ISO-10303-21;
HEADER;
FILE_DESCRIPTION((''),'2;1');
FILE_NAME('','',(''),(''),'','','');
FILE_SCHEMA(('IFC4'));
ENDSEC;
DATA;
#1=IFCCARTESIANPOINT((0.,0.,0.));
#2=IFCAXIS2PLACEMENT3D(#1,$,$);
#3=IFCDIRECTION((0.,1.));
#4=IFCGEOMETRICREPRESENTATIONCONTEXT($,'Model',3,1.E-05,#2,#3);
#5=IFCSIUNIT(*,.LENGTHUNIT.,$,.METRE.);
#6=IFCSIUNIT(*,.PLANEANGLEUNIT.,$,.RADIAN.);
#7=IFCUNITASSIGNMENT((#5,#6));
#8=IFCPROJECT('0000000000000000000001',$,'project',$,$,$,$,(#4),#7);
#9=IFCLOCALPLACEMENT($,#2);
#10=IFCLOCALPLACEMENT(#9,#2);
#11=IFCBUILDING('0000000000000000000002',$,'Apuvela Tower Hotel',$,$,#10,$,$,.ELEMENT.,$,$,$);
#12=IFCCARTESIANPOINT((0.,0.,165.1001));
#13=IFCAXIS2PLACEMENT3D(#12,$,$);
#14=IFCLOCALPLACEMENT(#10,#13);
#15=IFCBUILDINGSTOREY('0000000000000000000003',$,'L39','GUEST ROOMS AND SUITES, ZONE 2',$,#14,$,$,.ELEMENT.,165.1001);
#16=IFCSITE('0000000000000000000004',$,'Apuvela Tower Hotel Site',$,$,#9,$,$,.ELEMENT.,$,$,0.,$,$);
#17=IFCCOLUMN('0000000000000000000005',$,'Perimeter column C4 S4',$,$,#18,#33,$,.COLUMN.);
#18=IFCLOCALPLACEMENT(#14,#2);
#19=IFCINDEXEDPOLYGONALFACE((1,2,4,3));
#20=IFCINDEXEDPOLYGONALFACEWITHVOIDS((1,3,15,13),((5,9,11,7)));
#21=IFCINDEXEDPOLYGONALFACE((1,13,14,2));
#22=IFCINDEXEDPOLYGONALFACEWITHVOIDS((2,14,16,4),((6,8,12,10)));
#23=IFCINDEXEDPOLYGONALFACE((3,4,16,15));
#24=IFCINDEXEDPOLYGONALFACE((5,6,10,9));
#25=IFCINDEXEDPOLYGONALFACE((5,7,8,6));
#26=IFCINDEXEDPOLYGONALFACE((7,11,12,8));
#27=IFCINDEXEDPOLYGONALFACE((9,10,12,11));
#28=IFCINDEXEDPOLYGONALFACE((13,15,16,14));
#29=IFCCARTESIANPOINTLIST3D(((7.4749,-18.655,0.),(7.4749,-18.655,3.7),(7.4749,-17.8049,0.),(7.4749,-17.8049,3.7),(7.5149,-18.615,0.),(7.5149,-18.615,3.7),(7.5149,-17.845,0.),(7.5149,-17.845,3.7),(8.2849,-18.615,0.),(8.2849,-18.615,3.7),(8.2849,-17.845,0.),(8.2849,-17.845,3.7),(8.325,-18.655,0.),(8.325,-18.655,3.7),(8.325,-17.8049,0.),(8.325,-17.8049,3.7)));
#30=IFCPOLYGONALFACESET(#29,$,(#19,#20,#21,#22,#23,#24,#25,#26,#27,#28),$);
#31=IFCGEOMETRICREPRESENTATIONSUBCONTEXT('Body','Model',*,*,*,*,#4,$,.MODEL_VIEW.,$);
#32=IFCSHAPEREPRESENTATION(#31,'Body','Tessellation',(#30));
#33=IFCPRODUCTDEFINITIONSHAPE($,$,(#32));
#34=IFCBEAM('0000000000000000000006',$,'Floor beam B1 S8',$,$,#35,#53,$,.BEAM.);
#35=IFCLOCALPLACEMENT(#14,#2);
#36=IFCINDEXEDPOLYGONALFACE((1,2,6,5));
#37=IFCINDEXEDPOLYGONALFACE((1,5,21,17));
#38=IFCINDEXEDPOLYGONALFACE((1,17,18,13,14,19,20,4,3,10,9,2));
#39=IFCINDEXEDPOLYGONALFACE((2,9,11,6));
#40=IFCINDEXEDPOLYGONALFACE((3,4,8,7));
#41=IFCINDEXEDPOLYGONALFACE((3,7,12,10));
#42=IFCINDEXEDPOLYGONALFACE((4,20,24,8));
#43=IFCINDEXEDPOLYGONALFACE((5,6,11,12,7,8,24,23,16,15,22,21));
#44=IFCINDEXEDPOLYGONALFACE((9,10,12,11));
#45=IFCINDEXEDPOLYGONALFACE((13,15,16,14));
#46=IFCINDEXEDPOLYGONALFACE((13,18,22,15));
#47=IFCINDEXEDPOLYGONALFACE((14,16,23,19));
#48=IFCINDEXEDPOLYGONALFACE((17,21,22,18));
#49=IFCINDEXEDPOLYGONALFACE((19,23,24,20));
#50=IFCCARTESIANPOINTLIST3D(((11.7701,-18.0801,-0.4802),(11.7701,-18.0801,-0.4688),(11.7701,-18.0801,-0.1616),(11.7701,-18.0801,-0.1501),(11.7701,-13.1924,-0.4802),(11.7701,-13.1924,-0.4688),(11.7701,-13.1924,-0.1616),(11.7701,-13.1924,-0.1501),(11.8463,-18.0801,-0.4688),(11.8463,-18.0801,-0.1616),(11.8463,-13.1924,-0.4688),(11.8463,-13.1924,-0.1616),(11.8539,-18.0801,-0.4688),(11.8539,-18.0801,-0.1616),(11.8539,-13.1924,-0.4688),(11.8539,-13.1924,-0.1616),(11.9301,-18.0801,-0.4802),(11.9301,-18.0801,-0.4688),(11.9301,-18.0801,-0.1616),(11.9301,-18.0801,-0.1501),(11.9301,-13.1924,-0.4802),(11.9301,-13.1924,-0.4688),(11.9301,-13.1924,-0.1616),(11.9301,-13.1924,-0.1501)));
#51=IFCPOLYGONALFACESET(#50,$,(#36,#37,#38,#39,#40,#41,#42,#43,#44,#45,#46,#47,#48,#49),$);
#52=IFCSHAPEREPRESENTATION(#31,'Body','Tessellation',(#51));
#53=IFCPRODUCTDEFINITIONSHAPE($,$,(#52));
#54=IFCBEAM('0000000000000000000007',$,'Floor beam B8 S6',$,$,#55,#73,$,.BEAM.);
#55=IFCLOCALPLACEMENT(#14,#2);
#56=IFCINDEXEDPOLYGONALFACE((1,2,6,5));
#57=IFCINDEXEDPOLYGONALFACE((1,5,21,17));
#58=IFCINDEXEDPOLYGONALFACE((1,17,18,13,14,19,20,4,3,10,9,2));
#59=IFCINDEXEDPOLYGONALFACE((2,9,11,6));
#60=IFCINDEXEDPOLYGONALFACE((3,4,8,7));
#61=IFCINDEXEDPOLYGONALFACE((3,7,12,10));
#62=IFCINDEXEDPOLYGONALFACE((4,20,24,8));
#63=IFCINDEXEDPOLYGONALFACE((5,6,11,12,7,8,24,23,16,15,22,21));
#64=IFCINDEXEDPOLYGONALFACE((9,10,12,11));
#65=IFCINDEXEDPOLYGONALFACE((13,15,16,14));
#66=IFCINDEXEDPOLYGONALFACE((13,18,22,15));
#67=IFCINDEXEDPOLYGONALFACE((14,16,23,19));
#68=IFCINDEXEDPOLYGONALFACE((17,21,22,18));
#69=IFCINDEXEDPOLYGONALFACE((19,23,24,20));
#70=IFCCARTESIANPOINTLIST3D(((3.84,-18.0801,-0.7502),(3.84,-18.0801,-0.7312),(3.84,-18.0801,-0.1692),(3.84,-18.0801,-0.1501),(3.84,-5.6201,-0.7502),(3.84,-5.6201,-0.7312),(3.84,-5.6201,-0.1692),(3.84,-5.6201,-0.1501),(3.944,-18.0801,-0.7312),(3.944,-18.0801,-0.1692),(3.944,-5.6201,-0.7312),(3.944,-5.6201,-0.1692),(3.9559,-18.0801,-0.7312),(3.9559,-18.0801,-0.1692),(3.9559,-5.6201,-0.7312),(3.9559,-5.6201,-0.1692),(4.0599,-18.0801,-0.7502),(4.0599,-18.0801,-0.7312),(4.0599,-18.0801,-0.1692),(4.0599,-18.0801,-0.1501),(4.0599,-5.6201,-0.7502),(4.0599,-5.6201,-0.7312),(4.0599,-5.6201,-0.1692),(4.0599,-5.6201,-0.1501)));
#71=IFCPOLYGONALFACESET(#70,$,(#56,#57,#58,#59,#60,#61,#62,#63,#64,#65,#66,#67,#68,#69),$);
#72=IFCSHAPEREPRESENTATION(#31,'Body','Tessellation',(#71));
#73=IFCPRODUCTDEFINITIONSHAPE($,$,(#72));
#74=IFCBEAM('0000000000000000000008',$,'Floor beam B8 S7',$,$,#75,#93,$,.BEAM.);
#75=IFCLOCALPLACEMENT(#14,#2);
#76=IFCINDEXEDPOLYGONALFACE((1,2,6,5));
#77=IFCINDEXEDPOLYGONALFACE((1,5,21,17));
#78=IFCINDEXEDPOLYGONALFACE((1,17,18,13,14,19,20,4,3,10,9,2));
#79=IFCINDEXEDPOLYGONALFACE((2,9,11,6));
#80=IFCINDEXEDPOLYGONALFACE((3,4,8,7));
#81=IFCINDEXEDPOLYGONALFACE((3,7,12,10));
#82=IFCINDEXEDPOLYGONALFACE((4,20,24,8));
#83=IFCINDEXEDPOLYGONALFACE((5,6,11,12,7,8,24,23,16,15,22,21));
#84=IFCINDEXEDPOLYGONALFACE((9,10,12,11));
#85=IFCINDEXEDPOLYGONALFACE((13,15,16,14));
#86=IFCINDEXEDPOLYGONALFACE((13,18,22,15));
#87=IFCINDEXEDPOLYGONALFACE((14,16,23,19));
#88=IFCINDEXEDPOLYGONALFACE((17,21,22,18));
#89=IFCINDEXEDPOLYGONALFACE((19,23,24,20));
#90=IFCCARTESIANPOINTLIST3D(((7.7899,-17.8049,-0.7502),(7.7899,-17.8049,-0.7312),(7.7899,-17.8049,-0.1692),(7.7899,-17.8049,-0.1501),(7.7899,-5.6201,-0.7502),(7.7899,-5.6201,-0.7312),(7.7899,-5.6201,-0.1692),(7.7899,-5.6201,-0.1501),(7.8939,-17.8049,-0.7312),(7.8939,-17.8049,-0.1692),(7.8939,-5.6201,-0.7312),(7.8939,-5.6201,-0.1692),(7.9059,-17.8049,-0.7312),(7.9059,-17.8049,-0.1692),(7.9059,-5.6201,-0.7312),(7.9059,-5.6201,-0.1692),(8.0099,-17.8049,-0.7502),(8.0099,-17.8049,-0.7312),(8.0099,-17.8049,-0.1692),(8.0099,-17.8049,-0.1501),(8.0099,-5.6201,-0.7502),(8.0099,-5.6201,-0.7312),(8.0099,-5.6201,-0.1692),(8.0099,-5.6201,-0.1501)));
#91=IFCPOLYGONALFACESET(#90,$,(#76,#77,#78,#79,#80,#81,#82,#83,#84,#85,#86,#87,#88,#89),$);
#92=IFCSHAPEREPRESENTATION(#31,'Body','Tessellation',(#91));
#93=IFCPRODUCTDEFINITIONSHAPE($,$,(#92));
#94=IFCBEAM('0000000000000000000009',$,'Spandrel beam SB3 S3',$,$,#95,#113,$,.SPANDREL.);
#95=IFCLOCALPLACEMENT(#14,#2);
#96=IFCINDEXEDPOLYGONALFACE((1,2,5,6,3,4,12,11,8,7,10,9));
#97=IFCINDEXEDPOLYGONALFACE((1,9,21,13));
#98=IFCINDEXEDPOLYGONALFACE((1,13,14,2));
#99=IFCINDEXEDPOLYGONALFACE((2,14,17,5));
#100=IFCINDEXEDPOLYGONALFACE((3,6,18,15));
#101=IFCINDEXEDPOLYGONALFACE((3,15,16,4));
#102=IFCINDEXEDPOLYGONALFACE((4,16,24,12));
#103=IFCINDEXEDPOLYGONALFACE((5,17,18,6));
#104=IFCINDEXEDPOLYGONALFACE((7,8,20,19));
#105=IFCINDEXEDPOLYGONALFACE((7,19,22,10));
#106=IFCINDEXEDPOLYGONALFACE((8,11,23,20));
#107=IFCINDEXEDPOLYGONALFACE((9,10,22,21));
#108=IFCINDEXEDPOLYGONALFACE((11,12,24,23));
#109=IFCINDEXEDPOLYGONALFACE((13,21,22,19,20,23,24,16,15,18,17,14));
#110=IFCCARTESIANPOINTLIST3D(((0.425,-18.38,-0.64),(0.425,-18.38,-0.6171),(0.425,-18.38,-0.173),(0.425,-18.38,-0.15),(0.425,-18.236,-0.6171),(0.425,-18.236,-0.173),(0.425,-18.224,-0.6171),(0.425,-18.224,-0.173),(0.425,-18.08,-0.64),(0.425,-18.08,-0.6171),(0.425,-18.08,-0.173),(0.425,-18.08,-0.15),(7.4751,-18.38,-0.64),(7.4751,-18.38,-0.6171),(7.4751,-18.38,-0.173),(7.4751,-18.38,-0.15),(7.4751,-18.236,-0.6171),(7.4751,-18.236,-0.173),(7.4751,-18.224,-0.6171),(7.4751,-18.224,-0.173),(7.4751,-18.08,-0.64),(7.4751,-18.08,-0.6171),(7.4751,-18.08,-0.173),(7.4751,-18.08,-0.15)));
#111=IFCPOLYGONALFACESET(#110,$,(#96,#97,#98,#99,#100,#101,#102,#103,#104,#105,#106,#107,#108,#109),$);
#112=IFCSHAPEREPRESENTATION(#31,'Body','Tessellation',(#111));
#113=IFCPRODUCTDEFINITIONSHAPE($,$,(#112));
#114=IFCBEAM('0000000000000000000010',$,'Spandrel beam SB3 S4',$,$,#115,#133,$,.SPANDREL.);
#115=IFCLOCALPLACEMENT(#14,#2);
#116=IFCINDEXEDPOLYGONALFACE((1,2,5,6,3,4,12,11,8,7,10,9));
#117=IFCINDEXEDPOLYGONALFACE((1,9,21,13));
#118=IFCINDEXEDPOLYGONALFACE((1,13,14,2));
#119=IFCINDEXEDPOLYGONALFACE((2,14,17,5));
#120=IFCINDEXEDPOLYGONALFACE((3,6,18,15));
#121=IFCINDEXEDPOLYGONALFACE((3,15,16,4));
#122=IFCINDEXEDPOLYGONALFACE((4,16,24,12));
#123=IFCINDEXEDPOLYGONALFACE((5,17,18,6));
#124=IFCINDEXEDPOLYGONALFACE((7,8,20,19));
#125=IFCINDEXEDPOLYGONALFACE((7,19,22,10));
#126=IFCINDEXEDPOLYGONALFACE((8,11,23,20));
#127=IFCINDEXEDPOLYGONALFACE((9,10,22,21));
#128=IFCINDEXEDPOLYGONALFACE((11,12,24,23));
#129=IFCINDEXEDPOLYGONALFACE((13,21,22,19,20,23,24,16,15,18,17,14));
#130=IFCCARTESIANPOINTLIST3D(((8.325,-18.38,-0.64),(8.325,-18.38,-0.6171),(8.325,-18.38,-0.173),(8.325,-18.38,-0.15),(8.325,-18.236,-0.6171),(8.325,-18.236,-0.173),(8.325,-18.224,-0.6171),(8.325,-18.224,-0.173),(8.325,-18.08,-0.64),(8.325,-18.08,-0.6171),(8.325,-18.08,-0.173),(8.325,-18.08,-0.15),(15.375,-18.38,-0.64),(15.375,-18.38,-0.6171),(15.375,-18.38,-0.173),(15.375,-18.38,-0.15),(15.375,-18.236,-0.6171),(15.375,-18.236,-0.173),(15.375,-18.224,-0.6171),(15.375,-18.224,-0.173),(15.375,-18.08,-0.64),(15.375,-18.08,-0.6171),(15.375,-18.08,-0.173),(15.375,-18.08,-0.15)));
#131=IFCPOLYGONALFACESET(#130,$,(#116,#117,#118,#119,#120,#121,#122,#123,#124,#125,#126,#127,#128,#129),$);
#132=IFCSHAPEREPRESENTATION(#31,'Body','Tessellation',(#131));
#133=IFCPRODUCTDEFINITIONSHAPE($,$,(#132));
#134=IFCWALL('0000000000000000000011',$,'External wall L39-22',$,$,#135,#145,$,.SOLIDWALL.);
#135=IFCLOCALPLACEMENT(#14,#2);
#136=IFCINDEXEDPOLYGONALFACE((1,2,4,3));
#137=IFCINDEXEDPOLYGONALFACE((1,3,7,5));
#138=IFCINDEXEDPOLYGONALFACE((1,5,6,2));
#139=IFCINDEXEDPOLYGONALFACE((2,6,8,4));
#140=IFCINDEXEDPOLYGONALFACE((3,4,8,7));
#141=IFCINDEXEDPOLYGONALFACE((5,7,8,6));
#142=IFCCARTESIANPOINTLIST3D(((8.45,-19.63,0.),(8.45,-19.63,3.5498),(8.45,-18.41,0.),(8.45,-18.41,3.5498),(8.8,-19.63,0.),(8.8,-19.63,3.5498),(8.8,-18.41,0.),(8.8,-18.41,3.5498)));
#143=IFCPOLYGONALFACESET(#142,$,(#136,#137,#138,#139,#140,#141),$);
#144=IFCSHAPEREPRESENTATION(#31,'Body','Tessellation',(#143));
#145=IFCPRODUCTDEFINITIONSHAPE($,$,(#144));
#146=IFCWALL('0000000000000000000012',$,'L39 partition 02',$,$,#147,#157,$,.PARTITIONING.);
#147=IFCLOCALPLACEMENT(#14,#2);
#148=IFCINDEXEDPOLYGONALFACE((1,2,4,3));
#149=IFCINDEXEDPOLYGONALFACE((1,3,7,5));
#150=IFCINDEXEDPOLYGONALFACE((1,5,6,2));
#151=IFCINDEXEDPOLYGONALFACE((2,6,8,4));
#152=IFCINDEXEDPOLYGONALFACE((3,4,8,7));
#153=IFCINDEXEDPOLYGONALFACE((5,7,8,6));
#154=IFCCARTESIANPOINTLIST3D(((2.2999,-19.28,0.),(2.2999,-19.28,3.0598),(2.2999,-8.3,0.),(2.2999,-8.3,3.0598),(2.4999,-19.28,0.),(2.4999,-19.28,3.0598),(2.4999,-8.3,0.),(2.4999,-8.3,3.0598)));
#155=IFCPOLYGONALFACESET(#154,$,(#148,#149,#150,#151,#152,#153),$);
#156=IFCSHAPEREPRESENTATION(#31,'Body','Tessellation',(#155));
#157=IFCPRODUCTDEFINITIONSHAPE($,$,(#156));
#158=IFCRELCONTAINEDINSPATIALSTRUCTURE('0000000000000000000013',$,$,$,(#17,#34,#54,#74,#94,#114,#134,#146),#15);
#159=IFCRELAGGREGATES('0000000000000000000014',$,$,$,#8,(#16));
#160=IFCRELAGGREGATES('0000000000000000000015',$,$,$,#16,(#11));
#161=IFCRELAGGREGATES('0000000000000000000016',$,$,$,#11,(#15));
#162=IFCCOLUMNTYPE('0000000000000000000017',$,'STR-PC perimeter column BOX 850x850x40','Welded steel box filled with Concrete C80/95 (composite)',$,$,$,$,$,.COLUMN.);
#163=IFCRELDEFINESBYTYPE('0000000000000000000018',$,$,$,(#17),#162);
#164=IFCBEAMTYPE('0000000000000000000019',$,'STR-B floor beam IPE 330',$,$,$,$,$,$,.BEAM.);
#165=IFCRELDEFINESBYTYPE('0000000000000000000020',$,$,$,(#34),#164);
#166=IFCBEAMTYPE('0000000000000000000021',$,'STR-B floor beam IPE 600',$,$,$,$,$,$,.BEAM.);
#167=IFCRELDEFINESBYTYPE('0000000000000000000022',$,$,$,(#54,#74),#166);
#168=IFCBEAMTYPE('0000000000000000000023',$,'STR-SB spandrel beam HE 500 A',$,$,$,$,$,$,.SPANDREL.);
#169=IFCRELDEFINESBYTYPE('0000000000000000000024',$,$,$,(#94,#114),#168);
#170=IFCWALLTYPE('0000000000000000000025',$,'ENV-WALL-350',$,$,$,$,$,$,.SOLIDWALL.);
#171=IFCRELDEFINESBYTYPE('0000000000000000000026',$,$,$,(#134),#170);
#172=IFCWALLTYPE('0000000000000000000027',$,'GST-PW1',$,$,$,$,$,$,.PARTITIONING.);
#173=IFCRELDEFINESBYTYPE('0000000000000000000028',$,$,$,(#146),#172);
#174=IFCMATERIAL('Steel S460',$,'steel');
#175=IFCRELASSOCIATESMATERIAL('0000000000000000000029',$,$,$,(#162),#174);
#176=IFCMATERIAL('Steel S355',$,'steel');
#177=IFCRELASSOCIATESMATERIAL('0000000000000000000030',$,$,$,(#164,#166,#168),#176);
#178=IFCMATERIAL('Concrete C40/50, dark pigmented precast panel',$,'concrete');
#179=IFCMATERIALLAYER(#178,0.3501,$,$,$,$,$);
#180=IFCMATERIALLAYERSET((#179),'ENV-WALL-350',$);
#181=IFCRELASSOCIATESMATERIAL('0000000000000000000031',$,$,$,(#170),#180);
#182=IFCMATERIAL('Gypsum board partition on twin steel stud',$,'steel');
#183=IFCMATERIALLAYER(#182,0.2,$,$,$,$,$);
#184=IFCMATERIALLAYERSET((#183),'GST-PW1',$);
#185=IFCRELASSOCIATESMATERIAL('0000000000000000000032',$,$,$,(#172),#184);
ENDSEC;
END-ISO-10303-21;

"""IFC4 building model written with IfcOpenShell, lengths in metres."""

from ifc_helpers import new_model, si_unit, direction, frame, frame_2d, origin, origin_2d, place, context, subcontext, project, spatial, rectangle, hollow_rectangle, i_section, extrude, material, layer, layer_set, material_profile, profile_set, type_object, element, save


model = new_model("IFC4")

# Units and contexts
model_context = context("Model", 3, precision=1e-05, world=origin(), true_north=direction((0.0, 1.0)))
body_context = subcontext(model_context, "Body", "Model", "MODEL_VIEW")
ifc_project = project(units=[si_unit("LENGTHUNIT", "METRE"), si_unit("PLANEANGLEUNIT", "RADIAN")], contexts=[model_context])

# Site, building, storey
site_placement = place(None, origin())
site = spatial("IfcSite", under=ifc_project, at=site_placement, Name="Apuvela Tower Hotel Site", CompositionType="ELEMENT", RefElevation=0.0)
building_placement = place(site_placement, origin())
building = spatial("IfcBuilding", under=site, at=building_placement, Name="Apuvela Tower Hotel", CompositionType="ELEMENT")
storey_placement = place(building_placement, frame((0.0, 0.0, 165.1001)))
storey = spatial("IfcBuildingStorey", under=building, at=storey_placement, Name="L39", Description="GUEST ROOMS AND SUITES, ZONE 2", CompositionType="ELEMENT", Elevation=165.1001)

# Column
ifc_material_1 = material(Name="Steel S460", Category="steel")
ifc_material_profile_1 = material_profile(ifc_material_1, hollow_rectangle(XDim=0.8501, YDim=0.8501, WallThickness=0.04, at=origin_2d()), Name="BOX 850x850x40")
ifc_material_2 = material(Name="Concrete C80/95", Category="concrete")
ifc_material_profile_2 = material_profile(ifc_material_2, rectangle(XDim=0.77, YDim=0.77, at=origin_2d()), Name="Concrete C80/95 infill")
ifc_profile_set_1 = profile_set([ifc_material_profile_1, ifc_material_profile_2], Name="Steel S460")
column_type = type_object("IfcColumnType", Name="STR-PC perimeter column BOX 850x850x40", Description="Welded steel box filled with Concrete C80/95 (composite)", PredefinedType="COLUMN", material=ifc_profile_set_1)
column_placement = place(storey_placement, frame((7.8999, -18.23, 0.0), z_axis=(0.0, 0.0, 1.0), x_axis=(-1.0, 0.0, 0.0)))
element("IfcColumn", 1, at=column_placement, inside=storey, type_object=column_type, Name="Perimeter column C4 S4", PredefinedType="COLUMN", context=body_context, shape_type="SweptSolid", body=[
    extrude(hollow_rectangle(XDim=0.8501, YDim=0.8501, WallThickness=0.04, at=origin_2d()), origin(), (0.0, 0.0, 1.0), 3.7),
])

# Beams
ifc_material_3 = material(Name="Steel S355", Category="steel")
ifc_material_profile_3 = material_profile(ifc_material_3, i_section(OverallWidth=0.1599, OverallDepth=0.3301, WebThickness=0.0076, FlangeThickness=0.0115, at=origin_2d()), Name="IPE 330")
ifc_profile_set_2 = profile_set([ifc_material_profile_3], Name="Steel S355")
beam_type_1 = type_object("IfcBeamType", Name="STR-B floor beam IPE 330", PredefinedType="BEAM", material=ifc_profile_set_2)
beam_1_placement = place(storey_placement, frame((11.8501, -18.0801, -0.3152), z_axis=(0.0, 1.0, 0.0), x_axis=(-1.0, 0.0, 0.0)))
element("IfcBeam", 2, at=beam_1_placement, inside=storey, type_object=beam_type_1, Name="Floor beam B1 S8", PredefinedType="BEAM", context=body_context, shape_type="SweptSolid", body=[
    extrude(i_section(OverallWidth=0.1599, OverallDepth=0.3301, WebThickness=0.0076, FlangeThickness=0.0115, at=origin_2d()), origin(), (0.0, 0.0, 1.0), 4.8877),
])
ifc_material_profile_4 = material_profile(ifc_material_3, i_section(OverallWidth=0.22, OverallDepth=0.6001, WebThickness=0.012, FlangeThickness=0.019, at=origin_2d()), Name="IPE 600")
ifc_profile_set_3 = profile_set([ifc_material_profile_4], Name="Steel S355")
beam_type_2 = type_object("IfcBeamType", Name="STR-B floor beam IPE 600", PredefinedType="BEAM", material=ifc_profile_set_3)
beam_2_placement = place(storey_placement, frame((3.95, -18.0801, -0.4502), z_axis=(0.0, 1.0, 0.0), x_axis=(-1.0, 0.0, 0.0)))
element("IfcBeam", 3, at=beam_2_placement, inside=storey, type_object=beam_type_2, Name="Floor beam B8 S6", PredefinedType="BEAM", context=body_context, shape_type="SweptSolid", body=[
    extrude(i_section(OverallWidth=0.22, OverallDepth=0.6001, WebThickness=0.012, FlangeThickness=0.019, at=origin_2d()), origin(), (0.0, 0.0, 1.0), 12.46),
])
beam_3_placement = place(storey_placement, frame((7.8999, -17.8049, -0.4502), z_axis=(0.0, 1.0, 0.0), x_axis=(-1.0, 0.0, 0.0)))
element("IfcBeam", 4, at=beam_3_placement, inside=storey, type_object=beam_type_2, Name="Floor beam B8 S7", PredefinedType="BEAM", context=body_context, shape_type="SweptSolid", body=[
    extrude(i_section(OverallWidth=0.22, OverallDepth=0.6001, WebThickness=0.012, FlangeThickness=0.019, at=origin_2d()), origin(), (0.0, 0.0, 1.0), 12.1848),
])
ifc_material_profile_5 = material_profile(ifc_material_3, i_section(OverallWidth=0.3, OverallDepth=0.49, WebThickness=0.012, FlangeThickness=0.0229, at=origin_2d()), Name="HE 500 A")
ifc_profile_set_4 = profile_set([ifc_material_profile_5], Name="Steel S355")
beam_type_3 = type_object("IfcBeamType", Name="STR-SB spandrel beam HE 500 A", PredefinedType="SPANDREL", material=ifc_profile_set_4)
for number, where, z_axis, x_axis, name in (
    (5, (0.425, -18.23, -0.395), (1.0, 0.0, 0.0), (0.0, 1.0, 0.0), "Spandrel beam SB3 S3"),
    (6, (8.325, -18.23, -0.395), (1.0, 0.0, 0.0), (0.0, 1.0, 0.0), "Spandrel beam SB3 S4"),
):
    element("IfcBeam", number, at=place(storey_placement, frame(where, z_axis=z_axis, x_axis=x_axis)), inside=storey, type_object=beam_type_3, Name=name, PredefinedType="SPANDREL", context=body_context, shape_type="SweptSolid", body=[
        extrude(i_section(OverallWidth=0.3, OverallDepth=0.49, WebThickness=0.012, FlangeThickness=0.0229, at=origin_2d()), origin(), (0.0, 0.0, 1.0), 7.05),
    ])

# Wall
ifc_material_4 = material(Name="Concrete C40/50, dark pigmented precast panel", Category="concrete")
ifc_layer_1 = layer(ifc_material_4, 0.3501)
ifc_layer_set_1 = layer_set([ifc_layer_1], Name="ENV-WALL-350")
wall_type_1 = type_object("IfcWallType", Name="ENV-WALL-350", PredefinedType="SOLIDWALL", material=ifc_layer_set_1)
wall_1_placement = place(storey_placement, frame((8.625, -19.6299, 0.0), z_axis=(0.0, 0.0, 1.0), x_axis=(0.0, 1.0, 0.0)))
element("IfcWall", 7, at=wall_1_placement, inside=storey, type_object=wall_type_1, Name="External wall L39-22", PredefinedType="SOLIDWALL", context=body_context, shape_type="SweptSolid", body=[
    extrude(rectangle(XDim=1.22, YDim=0.3501, at=frame_2d((0.6099, 0.0))), origin(), (0.0, 0.0, 1.0), 3.5498),
])

# Wall
ifc_material_5 = material(Name="Gypsum board partition on twin steel stud", Category="steel")
ifc_layer_2 = layer(ifc_material_5, 0.2)
ifc_layer_set_2 = layer_set([ifc_layer_2], Name="GST-PW1")
wall_type_2 = type_object("IfcWallType", Name="GST-PW1", PredefinedType="PARTITIONING", material=ifc_layer_set_2)
wall_2_placement = place(storey_placement, frame((2.3999, -19.28, 0.0), z_axis=(0.0, 0.0, 1.0), x_axis=(0.0, 1.0, 0.0)))
element("IfcWall", 8, at=wall_2_placement, inside=storey, type_object=wall_type_2, Name="L39 partition 02", PredefinedType="PARTITIONING", context=body_context, shape_type="SweptSolid", body=[
    extrude(rectangle(XDim=10.98, YDim=0.2, at=frame_2d((5.49, 0.0))), origin(), (0.0, 0.0, 1.0), 3.0598),
])

save(model, "model.ifc")
